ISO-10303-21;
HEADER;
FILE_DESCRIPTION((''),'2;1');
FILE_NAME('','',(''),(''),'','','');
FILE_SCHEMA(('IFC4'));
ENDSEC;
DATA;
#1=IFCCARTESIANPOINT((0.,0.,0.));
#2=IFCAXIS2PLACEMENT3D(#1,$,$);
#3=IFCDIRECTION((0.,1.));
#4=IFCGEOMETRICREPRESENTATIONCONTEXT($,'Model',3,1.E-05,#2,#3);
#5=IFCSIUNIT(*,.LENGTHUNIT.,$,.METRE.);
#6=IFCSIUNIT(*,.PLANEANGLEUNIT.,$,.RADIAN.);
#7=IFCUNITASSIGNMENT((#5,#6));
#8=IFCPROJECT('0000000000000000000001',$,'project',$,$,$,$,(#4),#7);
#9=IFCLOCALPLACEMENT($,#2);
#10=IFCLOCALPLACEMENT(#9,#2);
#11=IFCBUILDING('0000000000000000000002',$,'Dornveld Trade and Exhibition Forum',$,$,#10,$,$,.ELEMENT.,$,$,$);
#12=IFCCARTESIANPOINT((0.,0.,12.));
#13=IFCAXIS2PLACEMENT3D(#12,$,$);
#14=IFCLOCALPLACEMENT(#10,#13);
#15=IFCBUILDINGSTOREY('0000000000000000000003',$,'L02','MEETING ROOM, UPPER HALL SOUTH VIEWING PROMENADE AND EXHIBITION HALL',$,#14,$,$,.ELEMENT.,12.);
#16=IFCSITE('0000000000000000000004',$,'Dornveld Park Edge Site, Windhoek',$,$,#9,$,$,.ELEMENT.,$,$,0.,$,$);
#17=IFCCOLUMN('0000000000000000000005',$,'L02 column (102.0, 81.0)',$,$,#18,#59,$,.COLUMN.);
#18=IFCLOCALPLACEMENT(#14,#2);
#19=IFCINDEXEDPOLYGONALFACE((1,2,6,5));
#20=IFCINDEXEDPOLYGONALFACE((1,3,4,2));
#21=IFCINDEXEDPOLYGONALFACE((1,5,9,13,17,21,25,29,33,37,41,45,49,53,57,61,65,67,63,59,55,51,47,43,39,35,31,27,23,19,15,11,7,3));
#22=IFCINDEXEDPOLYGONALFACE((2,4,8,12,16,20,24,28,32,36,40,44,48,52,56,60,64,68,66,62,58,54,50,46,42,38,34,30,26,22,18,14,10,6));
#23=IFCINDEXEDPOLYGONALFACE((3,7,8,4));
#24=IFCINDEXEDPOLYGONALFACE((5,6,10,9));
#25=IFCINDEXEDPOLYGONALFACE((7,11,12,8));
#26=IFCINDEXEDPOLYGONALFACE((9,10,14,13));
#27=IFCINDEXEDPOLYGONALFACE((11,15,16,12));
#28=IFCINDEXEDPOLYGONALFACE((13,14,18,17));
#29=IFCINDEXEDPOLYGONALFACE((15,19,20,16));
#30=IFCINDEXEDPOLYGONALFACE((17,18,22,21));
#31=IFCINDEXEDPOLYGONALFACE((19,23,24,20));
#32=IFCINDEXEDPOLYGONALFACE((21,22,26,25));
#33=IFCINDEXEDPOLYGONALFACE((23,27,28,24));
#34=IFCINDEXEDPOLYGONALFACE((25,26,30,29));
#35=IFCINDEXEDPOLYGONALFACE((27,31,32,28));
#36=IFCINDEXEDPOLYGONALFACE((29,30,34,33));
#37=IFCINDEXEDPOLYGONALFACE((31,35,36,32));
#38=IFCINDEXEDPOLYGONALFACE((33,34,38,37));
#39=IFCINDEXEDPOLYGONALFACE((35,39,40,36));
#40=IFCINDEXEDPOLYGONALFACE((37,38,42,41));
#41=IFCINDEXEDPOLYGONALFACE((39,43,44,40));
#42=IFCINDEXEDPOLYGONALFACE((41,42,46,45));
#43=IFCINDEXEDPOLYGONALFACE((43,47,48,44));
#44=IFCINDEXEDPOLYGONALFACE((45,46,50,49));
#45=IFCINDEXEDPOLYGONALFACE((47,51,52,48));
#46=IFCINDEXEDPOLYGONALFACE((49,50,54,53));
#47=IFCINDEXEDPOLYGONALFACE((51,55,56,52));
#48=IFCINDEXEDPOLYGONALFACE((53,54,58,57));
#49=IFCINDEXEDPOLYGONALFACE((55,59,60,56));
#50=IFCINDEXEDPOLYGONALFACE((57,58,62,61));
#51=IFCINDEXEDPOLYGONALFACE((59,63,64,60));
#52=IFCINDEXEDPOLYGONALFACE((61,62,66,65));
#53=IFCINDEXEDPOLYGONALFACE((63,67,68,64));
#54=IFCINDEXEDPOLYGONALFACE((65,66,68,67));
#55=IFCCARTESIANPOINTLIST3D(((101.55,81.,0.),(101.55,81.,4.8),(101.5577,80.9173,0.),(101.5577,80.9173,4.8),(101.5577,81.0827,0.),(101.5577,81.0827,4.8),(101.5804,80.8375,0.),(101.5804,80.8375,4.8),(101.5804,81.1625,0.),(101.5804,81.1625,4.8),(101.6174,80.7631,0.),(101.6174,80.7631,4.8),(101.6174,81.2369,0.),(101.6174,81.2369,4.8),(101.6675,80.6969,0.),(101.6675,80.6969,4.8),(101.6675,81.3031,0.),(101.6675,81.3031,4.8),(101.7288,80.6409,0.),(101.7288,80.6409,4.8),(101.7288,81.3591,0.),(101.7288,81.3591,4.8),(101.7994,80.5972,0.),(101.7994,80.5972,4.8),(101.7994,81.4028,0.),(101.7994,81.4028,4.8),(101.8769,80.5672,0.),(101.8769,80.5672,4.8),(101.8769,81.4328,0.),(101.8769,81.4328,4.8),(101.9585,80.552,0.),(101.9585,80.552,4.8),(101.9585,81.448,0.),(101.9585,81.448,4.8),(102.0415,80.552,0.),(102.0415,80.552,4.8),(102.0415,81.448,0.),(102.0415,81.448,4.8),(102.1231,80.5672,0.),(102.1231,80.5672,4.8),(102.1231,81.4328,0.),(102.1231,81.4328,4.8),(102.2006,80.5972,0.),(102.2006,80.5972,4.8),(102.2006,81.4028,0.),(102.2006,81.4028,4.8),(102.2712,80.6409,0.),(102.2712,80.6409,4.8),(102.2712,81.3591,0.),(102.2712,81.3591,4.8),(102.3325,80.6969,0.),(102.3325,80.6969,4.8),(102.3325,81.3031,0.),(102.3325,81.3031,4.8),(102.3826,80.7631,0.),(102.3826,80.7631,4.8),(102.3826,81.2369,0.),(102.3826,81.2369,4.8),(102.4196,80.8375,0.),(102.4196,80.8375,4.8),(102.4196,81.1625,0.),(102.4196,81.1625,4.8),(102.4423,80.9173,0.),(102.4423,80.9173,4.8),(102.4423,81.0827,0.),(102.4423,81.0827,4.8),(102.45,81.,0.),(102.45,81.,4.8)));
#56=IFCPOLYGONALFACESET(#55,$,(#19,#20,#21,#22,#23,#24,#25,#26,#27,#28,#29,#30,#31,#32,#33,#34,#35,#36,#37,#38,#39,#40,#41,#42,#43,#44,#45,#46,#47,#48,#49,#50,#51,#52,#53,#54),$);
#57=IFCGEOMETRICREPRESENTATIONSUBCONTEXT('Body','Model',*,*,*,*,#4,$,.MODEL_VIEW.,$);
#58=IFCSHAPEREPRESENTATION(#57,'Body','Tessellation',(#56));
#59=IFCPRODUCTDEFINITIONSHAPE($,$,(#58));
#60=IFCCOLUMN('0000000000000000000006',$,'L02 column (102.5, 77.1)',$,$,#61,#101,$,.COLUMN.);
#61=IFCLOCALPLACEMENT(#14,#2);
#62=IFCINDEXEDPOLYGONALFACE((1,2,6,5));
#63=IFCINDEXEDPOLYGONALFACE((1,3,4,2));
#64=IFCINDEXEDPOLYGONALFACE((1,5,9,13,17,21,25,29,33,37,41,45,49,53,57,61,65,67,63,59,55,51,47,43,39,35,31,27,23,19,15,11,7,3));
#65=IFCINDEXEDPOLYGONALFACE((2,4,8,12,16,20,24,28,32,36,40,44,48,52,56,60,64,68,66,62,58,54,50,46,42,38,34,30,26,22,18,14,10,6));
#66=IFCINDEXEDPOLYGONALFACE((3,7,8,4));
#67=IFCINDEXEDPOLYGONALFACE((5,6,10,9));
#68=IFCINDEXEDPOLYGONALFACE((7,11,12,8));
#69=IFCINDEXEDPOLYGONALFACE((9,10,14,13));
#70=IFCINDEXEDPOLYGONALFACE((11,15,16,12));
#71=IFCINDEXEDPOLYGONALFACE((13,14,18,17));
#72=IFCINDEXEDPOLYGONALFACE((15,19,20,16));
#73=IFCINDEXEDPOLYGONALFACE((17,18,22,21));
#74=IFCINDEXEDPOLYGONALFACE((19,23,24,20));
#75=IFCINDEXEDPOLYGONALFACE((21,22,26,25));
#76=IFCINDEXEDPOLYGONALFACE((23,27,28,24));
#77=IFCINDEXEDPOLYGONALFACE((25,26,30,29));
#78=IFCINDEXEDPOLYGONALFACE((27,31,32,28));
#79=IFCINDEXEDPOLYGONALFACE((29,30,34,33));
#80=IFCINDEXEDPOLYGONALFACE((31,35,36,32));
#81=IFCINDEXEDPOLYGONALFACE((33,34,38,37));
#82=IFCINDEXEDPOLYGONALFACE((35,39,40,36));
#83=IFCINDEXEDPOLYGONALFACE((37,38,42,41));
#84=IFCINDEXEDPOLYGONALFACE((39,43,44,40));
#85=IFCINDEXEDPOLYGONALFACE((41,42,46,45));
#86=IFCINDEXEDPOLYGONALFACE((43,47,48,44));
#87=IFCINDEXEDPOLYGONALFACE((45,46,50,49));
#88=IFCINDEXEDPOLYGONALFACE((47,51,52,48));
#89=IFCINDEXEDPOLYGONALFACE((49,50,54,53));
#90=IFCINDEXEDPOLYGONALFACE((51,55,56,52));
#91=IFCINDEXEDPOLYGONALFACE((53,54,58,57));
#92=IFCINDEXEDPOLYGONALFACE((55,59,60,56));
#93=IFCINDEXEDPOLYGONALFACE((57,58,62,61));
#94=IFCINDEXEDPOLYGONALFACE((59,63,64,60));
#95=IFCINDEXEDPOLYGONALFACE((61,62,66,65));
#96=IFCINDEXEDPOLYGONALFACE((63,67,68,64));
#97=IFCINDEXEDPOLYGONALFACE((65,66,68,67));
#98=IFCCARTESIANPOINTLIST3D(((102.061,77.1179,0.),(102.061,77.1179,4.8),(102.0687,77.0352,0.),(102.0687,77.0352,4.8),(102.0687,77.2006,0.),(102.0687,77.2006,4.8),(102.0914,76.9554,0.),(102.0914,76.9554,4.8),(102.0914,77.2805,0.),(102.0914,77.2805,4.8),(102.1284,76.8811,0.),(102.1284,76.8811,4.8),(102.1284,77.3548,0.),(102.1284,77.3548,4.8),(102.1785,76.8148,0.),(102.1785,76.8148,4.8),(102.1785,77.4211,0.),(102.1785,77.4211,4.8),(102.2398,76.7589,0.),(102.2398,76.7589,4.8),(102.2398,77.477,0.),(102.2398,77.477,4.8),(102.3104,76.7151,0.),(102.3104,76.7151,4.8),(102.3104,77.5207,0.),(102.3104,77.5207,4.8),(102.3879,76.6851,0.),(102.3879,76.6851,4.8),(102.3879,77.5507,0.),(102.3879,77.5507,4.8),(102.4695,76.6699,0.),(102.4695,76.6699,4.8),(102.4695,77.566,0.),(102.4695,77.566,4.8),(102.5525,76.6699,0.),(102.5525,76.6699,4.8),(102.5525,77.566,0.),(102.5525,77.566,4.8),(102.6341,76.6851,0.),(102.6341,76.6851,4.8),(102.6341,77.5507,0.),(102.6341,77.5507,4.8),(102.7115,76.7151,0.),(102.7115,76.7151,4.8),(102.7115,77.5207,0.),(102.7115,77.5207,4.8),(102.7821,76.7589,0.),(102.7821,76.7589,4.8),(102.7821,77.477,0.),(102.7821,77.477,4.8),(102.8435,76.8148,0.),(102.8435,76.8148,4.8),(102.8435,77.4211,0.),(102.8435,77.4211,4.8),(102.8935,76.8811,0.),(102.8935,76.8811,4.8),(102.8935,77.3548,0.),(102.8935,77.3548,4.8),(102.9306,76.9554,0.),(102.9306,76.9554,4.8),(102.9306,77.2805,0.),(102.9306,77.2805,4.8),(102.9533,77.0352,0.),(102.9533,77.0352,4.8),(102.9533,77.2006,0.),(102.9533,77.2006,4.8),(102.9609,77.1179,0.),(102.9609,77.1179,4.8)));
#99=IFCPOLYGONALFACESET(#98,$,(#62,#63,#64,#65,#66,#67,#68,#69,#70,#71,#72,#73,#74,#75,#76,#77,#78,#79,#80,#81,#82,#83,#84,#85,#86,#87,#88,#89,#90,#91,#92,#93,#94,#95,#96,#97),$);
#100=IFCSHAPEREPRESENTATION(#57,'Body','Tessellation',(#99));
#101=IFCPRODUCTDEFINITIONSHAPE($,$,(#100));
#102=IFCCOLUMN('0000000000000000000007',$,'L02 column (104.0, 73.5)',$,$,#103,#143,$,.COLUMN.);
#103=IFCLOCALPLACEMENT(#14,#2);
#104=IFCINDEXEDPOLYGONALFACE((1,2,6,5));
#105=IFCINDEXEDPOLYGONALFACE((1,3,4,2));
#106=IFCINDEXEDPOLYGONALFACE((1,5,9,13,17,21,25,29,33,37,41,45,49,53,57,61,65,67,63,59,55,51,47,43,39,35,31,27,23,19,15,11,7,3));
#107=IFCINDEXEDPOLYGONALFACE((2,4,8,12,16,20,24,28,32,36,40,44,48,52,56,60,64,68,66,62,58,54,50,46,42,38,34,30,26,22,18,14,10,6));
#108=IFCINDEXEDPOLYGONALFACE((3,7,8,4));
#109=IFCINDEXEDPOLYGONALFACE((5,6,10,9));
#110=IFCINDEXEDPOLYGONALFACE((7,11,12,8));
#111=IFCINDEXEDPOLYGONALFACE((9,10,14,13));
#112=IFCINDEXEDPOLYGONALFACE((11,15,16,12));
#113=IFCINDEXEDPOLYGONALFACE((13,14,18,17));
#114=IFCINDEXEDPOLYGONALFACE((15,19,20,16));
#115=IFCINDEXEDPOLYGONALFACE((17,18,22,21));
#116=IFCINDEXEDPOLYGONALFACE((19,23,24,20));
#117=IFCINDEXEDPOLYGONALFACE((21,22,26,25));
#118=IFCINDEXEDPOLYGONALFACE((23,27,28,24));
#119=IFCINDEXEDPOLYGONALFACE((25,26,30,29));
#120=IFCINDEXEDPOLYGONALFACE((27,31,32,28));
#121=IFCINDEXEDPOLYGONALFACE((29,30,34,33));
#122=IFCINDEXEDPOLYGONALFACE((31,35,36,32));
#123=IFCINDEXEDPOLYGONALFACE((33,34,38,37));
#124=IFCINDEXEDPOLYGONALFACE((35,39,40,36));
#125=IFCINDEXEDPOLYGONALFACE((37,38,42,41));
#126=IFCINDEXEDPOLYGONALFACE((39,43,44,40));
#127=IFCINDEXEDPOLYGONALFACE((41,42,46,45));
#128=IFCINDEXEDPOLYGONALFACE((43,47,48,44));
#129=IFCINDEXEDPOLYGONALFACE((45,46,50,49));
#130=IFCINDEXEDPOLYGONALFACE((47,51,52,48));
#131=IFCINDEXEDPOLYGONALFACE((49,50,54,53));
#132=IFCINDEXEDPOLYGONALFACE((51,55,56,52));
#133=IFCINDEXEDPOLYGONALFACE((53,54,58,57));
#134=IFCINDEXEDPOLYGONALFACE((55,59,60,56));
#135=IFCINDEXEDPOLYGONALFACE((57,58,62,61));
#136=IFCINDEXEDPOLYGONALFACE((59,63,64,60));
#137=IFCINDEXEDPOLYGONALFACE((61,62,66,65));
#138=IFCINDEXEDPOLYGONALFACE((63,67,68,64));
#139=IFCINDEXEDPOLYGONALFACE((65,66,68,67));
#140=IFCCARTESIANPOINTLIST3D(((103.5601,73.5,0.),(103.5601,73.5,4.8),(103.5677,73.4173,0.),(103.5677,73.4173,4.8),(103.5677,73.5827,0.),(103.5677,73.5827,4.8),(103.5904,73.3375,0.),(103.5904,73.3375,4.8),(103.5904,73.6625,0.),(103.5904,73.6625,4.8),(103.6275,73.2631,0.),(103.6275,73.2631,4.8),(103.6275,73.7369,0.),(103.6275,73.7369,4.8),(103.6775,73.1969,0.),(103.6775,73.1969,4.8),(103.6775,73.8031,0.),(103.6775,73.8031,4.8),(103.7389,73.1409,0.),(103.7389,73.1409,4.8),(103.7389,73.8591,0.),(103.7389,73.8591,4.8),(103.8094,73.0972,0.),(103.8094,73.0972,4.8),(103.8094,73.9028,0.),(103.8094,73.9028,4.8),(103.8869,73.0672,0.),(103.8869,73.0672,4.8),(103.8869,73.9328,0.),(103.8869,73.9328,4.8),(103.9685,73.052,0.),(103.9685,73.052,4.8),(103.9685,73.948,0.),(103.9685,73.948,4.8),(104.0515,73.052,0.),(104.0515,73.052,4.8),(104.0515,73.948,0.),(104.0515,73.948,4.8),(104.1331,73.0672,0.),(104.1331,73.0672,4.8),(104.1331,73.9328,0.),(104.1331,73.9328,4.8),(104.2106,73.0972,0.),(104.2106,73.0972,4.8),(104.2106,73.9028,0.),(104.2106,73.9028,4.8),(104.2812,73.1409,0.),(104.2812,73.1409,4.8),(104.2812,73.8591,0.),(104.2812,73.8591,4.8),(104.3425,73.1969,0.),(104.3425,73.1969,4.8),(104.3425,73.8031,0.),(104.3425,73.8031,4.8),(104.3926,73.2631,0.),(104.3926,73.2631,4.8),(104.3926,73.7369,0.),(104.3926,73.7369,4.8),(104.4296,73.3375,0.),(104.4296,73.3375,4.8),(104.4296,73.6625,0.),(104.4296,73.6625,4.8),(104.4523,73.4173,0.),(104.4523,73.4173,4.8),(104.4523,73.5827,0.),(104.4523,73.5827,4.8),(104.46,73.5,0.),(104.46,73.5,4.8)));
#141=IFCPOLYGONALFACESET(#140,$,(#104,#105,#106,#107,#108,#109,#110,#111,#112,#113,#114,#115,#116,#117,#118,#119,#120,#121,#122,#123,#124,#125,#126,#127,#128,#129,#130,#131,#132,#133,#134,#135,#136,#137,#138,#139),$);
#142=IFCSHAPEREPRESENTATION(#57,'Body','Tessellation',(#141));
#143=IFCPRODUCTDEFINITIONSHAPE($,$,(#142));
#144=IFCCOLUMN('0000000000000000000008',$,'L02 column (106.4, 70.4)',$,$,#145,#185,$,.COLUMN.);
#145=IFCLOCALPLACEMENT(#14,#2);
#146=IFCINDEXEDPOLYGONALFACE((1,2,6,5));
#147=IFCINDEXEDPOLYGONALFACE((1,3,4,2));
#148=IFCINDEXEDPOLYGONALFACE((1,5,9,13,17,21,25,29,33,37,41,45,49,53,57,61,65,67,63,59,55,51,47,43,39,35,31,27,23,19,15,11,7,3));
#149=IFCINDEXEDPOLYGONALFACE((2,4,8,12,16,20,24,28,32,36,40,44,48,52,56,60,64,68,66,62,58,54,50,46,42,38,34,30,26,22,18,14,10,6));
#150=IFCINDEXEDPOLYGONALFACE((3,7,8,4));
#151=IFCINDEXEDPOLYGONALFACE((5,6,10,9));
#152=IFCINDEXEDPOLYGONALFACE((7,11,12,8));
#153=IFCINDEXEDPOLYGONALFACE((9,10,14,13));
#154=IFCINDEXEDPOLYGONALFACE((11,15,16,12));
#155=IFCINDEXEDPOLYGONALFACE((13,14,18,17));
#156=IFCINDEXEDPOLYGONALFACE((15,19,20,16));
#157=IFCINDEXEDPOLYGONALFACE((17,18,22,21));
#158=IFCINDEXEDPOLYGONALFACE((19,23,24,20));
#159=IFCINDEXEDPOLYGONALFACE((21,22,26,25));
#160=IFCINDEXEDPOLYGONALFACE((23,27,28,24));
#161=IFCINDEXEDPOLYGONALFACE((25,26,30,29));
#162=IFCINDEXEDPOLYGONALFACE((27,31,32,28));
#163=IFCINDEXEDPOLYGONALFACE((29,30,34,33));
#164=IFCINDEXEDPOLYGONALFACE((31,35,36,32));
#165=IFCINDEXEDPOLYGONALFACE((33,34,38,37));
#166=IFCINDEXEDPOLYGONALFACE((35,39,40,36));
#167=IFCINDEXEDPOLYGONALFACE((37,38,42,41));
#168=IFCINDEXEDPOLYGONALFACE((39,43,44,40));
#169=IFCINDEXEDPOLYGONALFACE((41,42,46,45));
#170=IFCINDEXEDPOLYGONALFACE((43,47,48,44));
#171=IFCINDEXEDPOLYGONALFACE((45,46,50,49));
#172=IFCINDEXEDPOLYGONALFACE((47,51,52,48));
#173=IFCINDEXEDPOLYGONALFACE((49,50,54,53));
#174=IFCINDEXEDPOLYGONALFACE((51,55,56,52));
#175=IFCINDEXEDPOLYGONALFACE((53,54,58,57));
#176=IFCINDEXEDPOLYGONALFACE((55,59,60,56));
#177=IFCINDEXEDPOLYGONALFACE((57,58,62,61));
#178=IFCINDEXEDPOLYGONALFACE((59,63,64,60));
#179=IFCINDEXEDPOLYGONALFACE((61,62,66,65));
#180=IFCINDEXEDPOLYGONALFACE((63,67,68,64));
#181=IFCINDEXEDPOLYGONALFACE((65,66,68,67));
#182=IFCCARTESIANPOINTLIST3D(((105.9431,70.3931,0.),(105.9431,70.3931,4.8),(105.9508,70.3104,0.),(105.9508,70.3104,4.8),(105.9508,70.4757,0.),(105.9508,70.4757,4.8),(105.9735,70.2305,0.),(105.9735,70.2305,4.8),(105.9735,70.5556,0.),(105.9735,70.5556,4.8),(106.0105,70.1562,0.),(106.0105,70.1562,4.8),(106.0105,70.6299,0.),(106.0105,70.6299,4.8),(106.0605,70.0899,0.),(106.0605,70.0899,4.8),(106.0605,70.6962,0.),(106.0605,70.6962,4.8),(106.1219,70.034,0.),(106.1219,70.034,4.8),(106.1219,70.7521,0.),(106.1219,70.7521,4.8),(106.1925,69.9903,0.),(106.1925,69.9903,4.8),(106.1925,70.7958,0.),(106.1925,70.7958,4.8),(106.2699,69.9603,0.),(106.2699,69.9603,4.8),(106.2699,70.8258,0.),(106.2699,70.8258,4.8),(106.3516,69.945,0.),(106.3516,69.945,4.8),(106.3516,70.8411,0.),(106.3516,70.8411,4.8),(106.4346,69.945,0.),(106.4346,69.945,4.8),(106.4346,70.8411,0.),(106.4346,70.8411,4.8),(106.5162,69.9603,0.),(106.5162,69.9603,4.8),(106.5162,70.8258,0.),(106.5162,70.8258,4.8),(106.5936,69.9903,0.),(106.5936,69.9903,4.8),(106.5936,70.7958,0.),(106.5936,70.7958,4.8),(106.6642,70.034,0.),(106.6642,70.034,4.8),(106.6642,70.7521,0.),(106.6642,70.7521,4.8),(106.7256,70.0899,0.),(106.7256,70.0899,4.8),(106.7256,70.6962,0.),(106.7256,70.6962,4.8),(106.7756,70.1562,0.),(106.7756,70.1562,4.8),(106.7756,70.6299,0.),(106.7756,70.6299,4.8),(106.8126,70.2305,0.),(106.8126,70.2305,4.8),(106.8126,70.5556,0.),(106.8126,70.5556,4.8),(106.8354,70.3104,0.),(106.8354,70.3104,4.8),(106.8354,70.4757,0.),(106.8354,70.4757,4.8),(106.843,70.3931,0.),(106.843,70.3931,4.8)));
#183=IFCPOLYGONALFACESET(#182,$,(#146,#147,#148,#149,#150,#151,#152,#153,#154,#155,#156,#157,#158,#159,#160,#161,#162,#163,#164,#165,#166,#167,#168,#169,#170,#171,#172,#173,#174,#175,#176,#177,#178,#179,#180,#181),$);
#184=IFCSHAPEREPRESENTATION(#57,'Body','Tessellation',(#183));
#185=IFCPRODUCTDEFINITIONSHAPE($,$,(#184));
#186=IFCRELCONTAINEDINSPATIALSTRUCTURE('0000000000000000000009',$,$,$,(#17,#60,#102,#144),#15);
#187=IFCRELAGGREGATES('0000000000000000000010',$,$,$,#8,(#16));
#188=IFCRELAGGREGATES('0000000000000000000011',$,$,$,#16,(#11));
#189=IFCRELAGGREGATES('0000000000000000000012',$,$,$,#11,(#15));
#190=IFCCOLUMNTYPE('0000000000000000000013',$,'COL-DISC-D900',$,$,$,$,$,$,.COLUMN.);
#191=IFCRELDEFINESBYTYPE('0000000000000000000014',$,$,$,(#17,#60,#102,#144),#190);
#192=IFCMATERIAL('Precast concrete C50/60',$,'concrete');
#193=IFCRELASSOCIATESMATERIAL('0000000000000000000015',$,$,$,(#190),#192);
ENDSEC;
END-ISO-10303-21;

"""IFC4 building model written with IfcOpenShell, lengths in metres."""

from ifc_helpers import new_model, si_unit, direction, frame, origin, origin_2d, place, context, subcontext, project, spatial, circle, extrude, material, material_profile, profile_set, type_object, element, save


model = new_model("IFC4")

# Units and contexts
model_context = context("Model", 3, precision=1e-05, world=origin(), true_north=direction((0.0, 1.0)))
body_context = subcontext(model_context, "Body", "Model", "MODEL_VIEW")
ifc_project = project(units=[si_unit("LENGTHUNIT", "METRE"), si_unit("PLANEANGLEUNIT", "RADIAN")], contexts=[model_context])

# Site, building, storey
site_placement = place(None, origin())
site = spatial("IfcSite", under=ifc_project, at=site_placement, Name="Dornveld Park Edge Site, Windhoek", CompositionType="ELEMENT", RefElevation=0.0)
building_placement = place(site_placement, origin())
building = spatial("IfcBuilding", under=site, at=building_placement, Name="Dornveld Trade and Exhibition Forum", CompositionType="ELEMENT")
storey_placement = place(building_placement, frame((0.0, 0.0, 12.0)))
storey = spatial("IfcBuildingStorey", under=building, at=storey_placement, Name="L02", Description="MEETING ROOM, UPPER HALL SOUTH VIEWING PROMENADE AND EXHIBITION HALL", CompositionType="ELEMENT", Elevation=12.0)

# Columns
ifc_material_1 = material(Name="Precast concrete C50/60", Category="concrete")
ifc_material_profile_1 = material_profile(ifc_material_1, circle(Radius=0.45, at=origin_2d()), Name="PC-COL D900")
ifc_profile_set_1 = profile_set([ifc_material_profile_1], Name="Precast concrete C50/60")
column_type_1 = type_object("IfcColumnType", Name="COL-DISC-D900", PredefinedType="COLUMN", material=ifc_profile_set_1)
for number, where, z_axis, x_axis, name in (
    (1, (102.0, 81.0, 0.0), (0.0, 0.0, 1.0), (1.0, 0.0, 0.0), "L02 column (102.0, 81.0)"),
    (2, (102.511, 77.1179, 0.0), (0.0, 0.0, 1.0), (1.0, 0.0, 0.0), "L02 column (102.5, 77.1)"),
    (3, (104.01, 73.5, 0.0), (0.0, 0.0, 1.0), (1.0, 0.0, 0.0), "L02 column (104.0, 73.5)"),
    (4, (106.3931, 70.3931, 0.0), (0.0, 0.0, 1.0), (1.0, 0.0, 0.0), "L02 column (106.4, 70.4)"),
):
    element("IfcColumn", number, at=place(storey_placement, frame(where, z_axis=z_axis, x_axis=x_axis)), inside=storey, type_object=column_type_1, Name=name, PredefinedType="COLUMN", context=body_context, shape_type="SweptSolid", body=[
        extrude(circle(Radius=0.45, at=origin_2d()), origin(), (0.0, 0.0, 1.0), 4.8),
    ])

save(model, "model.ifc")
